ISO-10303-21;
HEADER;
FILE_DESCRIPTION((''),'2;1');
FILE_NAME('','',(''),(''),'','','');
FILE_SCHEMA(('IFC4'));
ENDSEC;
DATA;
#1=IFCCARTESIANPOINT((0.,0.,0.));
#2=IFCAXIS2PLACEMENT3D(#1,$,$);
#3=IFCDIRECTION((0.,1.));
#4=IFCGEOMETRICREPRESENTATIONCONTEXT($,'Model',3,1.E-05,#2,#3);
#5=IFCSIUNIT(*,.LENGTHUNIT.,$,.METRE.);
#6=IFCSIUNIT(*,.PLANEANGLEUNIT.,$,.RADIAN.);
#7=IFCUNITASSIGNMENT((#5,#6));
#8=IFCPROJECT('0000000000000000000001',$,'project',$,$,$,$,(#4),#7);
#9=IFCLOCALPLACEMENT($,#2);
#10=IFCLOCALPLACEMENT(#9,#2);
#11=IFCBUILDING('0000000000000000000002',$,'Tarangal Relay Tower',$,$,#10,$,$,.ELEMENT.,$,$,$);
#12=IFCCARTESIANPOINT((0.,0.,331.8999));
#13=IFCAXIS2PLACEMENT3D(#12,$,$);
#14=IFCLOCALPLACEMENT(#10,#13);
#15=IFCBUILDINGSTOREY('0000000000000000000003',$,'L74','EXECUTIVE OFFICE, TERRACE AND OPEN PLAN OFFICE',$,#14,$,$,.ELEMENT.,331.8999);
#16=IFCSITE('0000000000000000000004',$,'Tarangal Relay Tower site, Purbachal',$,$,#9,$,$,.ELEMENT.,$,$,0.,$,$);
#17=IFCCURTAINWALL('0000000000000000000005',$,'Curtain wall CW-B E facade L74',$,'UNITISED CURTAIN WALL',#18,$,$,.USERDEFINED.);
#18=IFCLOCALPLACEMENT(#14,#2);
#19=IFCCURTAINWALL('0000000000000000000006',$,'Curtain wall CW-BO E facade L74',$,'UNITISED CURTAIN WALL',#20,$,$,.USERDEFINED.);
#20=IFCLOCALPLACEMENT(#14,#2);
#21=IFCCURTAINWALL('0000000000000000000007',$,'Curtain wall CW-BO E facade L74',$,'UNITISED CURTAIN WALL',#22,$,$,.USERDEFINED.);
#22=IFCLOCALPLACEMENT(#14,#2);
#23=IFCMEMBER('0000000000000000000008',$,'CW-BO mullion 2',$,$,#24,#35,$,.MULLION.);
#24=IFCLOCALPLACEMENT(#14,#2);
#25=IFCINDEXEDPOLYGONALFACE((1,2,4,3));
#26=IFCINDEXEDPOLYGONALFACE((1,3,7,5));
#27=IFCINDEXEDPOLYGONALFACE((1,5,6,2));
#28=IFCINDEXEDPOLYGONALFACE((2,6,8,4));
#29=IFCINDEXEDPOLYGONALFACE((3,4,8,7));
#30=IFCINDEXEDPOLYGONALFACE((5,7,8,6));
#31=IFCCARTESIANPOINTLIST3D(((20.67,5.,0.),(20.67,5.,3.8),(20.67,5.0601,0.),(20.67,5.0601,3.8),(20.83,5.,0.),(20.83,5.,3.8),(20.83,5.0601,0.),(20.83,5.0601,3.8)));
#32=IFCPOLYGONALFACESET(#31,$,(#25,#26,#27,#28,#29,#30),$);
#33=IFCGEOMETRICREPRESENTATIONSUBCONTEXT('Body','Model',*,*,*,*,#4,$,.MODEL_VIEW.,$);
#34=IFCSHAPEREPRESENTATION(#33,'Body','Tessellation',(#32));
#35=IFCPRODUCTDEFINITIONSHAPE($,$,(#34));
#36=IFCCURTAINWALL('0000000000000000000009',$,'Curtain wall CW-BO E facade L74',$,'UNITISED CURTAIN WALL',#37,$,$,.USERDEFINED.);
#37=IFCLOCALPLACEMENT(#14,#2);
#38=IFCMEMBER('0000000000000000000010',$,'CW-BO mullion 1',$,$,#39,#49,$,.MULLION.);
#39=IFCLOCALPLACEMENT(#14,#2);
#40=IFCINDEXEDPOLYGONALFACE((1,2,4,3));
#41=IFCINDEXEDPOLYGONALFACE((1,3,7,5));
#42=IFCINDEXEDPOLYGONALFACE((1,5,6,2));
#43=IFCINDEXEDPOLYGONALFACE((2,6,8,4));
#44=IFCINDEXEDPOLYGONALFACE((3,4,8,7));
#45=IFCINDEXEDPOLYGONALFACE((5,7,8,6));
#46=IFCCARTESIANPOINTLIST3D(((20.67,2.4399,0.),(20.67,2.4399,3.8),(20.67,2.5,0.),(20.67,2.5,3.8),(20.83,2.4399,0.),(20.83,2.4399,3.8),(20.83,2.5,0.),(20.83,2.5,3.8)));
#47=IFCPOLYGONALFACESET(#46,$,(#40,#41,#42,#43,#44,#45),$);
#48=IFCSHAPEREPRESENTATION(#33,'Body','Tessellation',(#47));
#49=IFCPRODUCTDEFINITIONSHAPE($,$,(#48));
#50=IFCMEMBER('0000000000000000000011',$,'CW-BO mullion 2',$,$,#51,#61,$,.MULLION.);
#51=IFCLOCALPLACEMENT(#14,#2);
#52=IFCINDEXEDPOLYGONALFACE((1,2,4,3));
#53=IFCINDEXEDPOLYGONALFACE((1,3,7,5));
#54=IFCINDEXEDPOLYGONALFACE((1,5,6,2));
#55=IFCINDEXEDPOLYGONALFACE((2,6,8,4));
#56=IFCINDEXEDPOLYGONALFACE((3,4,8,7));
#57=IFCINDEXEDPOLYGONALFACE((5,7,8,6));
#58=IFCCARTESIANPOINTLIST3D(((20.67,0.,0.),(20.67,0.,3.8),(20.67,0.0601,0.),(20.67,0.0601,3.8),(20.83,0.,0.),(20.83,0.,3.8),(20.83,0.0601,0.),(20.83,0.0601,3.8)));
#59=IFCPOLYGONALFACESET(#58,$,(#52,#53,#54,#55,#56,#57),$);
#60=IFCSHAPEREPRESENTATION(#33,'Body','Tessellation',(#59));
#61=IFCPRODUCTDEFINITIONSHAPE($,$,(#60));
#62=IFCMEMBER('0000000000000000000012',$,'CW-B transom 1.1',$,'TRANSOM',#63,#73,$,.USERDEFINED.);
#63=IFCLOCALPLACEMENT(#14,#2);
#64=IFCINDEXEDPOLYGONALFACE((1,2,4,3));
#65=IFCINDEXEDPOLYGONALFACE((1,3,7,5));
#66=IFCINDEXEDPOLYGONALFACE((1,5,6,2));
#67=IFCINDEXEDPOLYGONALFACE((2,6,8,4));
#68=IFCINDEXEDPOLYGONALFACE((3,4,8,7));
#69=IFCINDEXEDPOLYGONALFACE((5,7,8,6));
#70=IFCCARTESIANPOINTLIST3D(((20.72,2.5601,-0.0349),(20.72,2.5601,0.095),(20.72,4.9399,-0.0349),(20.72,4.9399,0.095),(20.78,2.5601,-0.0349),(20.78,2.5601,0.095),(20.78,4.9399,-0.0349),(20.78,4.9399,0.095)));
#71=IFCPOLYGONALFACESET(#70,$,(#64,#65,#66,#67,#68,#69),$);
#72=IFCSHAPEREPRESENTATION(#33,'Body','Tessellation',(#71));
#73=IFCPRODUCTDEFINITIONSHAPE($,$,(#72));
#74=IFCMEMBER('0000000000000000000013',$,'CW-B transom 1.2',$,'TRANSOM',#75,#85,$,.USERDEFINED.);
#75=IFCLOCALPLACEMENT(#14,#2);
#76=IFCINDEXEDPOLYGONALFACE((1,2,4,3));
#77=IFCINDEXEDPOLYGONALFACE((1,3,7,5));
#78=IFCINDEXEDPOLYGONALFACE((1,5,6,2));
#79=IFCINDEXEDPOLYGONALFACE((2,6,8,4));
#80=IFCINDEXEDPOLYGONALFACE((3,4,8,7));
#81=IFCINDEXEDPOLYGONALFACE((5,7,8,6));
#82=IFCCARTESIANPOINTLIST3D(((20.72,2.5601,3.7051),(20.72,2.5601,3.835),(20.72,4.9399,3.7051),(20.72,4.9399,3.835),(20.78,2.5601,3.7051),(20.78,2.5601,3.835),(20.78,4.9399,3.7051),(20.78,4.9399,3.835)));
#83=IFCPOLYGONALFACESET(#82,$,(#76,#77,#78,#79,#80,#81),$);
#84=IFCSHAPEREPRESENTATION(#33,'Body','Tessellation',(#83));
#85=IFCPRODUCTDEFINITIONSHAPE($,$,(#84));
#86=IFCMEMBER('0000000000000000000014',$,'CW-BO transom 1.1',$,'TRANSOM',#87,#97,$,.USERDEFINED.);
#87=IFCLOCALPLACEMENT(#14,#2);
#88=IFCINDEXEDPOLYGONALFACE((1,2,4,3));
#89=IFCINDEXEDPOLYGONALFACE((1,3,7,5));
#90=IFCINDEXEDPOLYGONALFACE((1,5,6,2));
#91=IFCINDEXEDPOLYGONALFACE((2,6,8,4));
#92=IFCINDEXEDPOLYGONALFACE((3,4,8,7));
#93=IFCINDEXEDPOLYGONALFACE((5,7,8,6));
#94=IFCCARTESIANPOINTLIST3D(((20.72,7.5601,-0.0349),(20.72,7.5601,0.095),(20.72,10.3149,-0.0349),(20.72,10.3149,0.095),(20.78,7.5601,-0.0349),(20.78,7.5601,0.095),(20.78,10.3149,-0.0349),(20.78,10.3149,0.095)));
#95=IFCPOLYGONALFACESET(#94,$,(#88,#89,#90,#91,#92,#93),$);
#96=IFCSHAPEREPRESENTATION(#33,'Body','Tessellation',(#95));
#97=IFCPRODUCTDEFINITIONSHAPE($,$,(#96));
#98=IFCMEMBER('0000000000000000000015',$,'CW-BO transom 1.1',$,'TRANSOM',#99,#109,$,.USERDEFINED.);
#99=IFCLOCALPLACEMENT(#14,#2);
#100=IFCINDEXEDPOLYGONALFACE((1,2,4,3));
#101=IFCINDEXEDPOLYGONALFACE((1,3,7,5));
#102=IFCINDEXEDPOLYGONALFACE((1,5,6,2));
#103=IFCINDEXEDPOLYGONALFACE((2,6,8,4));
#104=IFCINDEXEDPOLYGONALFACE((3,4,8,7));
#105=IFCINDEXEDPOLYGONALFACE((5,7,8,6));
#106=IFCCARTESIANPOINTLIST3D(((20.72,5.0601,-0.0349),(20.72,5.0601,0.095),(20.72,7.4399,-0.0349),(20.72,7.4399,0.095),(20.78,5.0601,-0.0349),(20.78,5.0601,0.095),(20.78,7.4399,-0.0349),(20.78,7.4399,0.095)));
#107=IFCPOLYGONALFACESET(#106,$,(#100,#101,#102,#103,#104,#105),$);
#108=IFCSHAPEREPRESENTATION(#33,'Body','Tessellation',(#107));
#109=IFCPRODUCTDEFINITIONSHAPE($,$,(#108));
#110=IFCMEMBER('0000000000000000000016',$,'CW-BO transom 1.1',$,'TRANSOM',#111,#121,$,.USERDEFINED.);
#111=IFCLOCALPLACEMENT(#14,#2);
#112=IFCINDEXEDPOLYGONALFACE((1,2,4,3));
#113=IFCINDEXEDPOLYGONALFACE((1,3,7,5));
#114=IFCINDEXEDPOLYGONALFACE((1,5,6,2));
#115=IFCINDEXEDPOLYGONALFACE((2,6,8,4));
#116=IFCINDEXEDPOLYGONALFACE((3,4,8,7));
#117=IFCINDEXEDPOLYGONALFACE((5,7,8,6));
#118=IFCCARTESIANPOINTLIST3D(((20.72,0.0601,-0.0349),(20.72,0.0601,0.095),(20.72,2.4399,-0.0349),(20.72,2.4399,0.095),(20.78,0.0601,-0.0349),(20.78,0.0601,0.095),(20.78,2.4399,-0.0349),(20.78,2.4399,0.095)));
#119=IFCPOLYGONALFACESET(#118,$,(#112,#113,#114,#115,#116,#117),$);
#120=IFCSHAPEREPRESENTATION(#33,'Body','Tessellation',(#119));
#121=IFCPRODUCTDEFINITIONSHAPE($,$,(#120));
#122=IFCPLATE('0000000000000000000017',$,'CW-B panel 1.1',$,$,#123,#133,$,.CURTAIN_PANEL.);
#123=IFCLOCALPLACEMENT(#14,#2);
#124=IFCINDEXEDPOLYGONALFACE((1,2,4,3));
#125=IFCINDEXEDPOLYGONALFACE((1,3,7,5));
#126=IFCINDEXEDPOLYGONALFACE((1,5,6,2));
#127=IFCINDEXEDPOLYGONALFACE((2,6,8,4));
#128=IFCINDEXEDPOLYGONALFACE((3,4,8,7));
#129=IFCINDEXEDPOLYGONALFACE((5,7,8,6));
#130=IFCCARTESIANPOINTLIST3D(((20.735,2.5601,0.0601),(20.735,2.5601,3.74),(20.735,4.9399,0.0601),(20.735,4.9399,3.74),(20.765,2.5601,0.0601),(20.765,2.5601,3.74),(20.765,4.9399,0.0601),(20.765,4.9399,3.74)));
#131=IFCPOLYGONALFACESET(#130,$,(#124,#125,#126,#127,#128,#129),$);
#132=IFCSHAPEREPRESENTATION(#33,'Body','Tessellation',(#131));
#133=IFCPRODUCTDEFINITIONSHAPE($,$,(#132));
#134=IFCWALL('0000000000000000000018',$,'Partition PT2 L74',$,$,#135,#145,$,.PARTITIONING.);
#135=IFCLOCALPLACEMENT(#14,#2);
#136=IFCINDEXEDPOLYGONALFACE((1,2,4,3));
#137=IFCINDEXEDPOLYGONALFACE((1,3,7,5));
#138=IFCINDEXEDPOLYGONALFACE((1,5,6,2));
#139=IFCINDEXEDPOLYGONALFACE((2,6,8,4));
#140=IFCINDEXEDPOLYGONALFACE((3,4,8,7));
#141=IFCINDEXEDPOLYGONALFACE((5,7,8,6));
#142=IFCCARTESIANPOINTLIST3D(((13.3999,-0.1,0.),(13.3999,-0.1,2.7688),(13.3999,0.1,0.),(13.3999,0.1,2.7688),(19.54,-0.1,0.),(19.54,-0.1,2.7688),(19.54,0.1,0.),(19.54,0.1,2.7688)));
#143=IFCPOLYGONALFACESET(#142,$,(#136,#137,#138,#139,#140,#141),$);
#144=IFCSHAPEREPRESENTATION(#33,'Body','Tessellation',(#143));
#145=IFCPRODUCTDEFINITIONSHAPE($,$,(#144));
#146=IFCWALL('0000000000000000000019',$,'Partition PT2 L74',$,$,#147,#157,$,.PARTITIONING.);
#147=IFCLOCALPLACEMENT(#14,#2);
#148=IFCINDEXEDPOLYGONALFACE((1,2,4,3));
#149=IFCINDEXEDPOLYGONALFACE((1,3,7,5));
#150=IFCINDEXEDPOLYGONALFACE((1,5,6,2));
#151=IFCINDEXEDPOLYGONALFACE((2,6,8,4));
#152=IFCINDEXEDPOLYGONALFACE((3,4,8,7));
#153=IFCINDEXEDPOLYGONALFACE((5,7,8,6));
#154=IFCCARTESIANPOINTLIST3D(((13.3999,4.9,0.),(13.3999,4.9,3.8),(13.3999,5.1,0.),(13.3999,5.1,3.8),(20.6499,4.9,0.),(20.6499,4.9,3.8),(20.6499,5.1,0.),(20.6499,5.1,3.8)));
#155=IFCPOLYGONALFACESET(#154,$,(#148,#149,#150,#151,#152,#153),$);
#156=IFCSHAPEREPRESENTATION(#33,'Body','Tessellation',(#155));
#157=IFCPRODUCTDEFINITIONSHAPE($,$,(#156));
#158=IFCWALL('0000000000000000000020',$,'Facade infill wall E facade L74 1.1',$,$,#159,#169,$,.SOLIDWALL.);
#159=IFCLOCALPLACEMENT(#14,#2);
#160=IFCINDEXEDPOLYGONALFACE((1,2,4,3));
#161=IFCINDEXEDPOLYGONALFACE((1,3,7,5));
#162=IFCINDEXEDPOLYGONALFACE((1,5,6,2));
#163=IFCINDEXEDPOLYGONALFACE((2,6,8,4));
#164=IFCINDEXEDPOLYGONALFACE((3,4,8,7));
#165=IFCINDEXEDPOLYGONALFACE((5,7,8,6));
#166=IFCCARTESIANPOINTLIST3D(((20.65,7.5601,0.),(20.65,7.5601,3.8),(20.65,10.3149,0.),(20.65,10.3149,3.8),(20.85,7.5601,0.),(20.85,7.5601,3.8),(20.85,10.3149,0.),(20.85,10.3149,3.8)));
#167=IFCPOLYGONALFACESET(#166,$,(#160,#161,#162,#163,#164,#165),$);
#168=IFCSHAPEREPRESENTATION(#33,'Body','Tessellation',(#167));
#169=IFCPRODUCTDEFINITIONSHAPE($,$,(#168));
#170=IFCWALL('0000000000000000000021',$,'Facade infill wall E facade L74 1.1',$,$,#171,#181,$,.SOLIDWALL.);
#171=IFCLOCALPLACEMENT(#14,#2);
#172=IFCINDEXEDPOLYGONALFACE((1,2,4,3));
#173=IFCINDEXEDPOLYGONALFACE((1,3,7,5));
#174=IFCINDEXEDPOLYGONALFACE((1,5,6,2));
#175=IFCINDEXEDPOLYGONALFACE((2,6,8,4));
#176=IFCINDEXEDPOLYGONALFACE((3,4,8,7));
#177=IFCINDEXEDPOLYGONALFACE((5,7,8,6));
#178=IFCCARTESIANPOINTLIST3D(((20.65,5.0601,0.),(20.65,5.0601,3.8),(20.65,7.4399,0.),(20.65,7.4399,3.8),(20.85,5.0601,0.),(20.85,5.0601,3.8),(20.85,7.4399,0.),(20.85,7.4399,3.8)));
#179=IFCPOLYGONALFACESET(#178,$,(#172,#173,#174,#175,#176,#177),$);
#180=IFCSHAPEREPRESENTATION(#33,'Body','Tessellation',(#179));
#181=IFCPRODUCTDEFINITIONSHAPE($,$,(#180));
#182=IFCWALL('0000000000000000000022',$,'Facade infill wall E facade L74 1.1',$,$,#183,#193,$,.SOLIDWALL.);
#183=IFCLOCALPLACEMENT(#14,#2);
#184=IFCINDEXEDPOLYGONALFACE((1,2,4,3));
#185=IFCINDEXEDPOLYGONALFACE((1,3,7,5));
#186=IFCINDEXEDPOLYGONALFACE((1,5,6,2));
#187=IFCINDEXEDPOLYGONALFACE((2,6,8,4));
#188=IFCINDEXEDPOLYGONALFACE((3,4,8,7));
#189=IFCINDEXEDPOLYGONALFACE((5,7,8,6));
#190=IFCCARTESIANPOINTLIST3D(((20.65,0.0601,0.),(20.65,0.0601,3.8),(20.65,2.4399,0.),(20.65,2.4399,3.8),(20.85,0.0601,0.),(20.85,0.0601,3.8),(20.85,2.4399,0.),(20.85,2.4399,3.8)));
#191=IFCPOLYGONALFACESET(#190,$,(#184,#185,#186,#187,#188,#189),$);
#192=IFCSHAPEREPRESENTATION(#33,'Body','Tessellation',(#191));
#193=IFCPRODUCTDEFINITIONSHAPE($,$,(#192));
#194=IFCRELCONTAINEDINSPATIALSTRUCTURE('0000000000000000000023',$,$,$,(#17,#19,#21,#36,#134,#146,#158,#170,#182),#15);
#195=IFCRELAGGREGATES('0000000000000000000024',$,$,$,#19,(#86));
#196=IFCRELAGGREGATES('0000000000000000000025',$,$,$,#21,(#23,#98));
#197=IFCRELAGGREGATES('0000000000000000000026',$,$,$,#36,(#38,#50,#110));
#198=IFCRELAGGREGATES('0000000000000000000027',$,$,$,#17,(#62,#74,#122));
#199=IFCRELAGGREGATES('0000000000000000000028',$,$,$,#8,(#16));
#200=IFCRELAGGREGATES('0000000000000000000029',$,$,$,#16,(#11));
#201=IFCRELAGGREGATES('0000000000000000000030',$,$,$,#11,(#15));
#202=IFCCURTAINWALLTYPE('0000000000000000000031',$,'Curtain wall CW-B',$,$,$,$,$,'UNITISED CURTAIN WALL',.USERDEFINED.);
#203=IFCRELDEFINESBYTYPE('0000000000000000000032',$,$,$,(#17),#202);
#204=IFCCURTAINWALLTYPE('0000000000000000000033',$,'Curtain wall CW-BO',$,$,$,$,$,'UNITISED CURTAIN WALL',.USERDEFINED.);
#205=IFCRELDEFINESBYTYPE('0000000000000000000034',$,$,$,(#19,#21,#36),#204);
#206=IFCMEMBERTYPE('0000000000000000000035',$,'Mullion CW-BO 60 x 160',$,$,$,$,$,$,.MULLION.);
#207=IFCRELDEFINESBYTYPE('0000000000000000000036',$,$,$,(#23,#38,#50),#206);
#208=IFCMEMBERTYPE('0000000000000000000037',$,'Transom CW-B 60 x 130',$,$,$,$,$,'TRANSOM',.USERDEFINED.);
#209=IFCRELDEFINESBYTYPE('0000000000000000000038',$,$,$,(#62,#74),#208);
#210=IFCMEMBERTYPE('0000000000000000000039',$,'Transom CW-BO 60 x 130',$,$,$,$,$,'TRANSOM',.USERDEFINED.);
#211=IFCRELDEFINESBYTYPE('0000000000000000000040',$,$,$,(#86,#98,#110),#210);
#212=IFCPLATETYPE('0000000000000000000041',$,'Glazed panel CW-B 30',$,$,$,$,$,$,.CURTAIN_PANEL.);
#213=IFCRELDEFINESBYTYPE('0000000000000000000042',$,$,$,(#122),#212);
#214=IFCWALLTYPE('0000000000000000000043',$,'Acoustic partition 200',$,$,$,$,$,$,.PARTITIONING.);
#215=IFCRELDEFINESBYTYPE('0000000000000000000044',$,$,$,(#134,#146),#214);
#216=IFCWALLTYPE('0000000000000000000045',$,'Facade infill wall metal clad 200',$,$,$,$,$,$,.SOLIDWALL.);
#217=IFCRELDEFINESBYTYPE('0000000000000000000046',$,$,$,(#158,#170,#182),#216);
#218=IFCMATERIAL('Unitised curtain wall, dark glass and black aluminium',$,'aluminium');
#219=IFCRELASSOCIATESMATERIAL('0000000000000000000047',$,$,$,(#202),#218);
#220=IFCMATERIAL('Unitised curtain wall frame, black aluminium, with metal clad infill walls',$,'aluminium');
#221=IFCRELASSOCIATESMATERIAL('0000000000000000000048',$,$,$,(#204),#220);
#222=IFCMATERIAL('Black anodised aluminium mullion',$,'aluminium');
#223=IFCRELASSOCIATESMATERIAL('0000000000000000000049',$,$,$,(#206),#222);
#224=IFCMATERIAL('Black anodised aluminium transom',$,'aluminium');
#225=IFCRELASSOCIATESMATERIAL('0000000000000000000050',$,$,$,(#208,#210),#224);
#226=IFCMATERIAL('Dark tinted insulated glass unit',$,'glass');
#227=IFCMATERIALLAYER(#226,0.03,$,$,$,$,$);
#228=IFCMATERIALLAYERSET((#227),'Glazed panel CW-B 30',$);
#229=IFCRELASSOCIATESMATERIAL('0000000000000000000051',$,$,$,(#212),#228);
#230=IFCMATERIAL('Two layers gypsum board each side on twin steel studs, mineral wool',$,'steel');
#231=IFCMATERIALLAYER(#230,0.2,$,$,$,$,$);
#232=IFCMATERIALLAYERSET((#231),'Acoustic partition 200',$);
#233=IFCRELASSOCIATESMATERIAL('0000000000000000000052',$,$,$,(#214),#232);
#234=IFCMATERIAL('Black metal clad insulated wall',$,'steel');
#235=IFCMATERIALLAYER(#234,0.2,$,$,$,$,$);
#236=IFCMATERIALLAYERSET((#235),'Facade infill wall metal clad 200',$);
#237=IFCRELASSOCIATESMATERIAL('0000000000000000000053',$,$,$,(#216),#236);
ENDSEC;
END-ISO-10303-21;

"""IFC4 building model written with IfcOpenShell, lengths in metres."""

from ifc_helpers import new_model, si_unit, direction, frame, frame_2d, origin, origin_2d, place, context, subcontext, project, spatial, rectangle, extrude, material, layer, layer_set, material_profile, profile_set, type_object, element, aggregate, save


model = new_model("IFC4")

# Units and contexts
model_context = context("Model", 3, precision=1e-05, world=origin(), true_north=direction((0.0, 1.0)))
body_context = subcontext(model_context, "Body", "Model", "MODEL_VIEW")
ifc_project = project(units=[si_unit("LENGTHUNIT", "METRE"), si_unit("PLANEANGLEUNIT", "RADIAN")], contexts=[model_context])

# Site, building, storey
site_placement = place(None, origin())
site = spatial("IfcSite", under=ifc_project, at=site_placement, Name="Tarangal Relay Tower site, Purbachal", CompositionType="ELEMENT", RefElevation=0.0)
building_placement = place(site_placement, origin())
building = spatial("IfcBuilding", under=site, at=building_placement, Name="Tarangal Relay Tower", CompositionType="ELEMENT")
storey_placement = place(building_placement, frame((0.0, 0.0, 331.8999)))
storey = spatial("IfcBuildingStorey", under=building, at=storey_placement, Name="L74", Description="EXECUTIVE OFFICE, TERRACE AND OPEN PLAN OFFICE", CompositionType="ELEMENT", Elevation=331.8999)

# Curtain wall
ifc_material_1 = material(Name="Unitised curtain wall, dark glass and black aluminium", Category="aluminium")
curtain_wall_type_1 = type_object("IfcCurtainWallType", Name="Curtain wall CW-B", ElementType="UNITISED CURTAIN WALL", PredefinedType="USERDEFINED", material=ifc_material_1)
curtain_wall_1_placement = place(storey_placement, origin())
curtain_wall_1 = element("IfcCurtainWall", 1, at=curtain_wall_1_placement, inside=storey, type_object=curtain_wall_type_1, Name="Curtain wall CW-B E facade L74", ObjectType="UNITISED CURTAIN WALL", PredefinedType="USERDEFINED")
ifc_material_2 = material(Name="Black anodised aluminium mullion", Category="aluminium")

# Curtain wall
ifc_material_3 = material(Name="Unitised curtain wall frame, black aluminium, with metal clad infill walls", Category="aluminium")
curtain_wall_type_2 = type_object("IfcCurtainWallType", Name="Curtain wall CW-BO", ElementType="UNITISED CURTAIN WALL", PredefinedType="USERDEFINED", material=ifc_material_3)
curtain_wall_2_placement = place(storey_placement, origin())
curtain_wall_2 = element("IfcCurtainWall", 2, at=curtain_wall_2_placement, inside=storey, type_object=curtain_wall_type_2, Name="Curtain wall CW-BO E facade L74", ObjectType="UNITISED CURTAIN WALL", PredefinedType="USERDEFINED")
ifc_material_profile_1 = material_profile(ifc_material_2, rectangle(XDim=0.1599, YDim=0.0601, at=origin_2d()), Name="CW-BOM 60X160")
ifc_profile_set_1 = profile_set([ifc_material_profile_1], Name="Black anodised aluminium mullion")
member_type_1 = type_object("IfcMemberType", Name="Mullion CW-BO 60 x 160", PredefinedType="MULLION", material=ifc_profile_set_1)

# Curtain walls, members
curtain_wall_3_placement = place(storey_placement, origin())
curtain_wall_3 = element("IfcCurtainWall", 3, at=curtain_wall_3_placement, inside=storey, type_object=curtain_wall_type_2, Name="Curtain wall CW-BO E facade L74", ObjectType="UNITISED CURTAIN WALL", PredefinedType="USERDEFINED")
member_1_placement = place(storey_placement, frame((20.75, 5.03, 0.0), z_axis=(0.0, 0.0, 1.0), x_axis=(1.0, 0.0, 0.0)))
member_1 = element("IfcMember", 4, at=member_1_placement, type_object=member_type_1, Name="CW-BO mullion 2", PredefinedType="MULLION", context=body_context, shape_type="SweptSolid", body=[
    extrude(rectangle(XDim=0.1599, YDim=0.0601, at=origin_2d()), origin(), (0.0, 0.0, 1.0), 3.8),
])
curtain_wall_4_placement = place(storey_placement, origin())
curtain_wall_4 = element("IfcCurtainWall", 5, at=curtain_wall_4_placement, inside=storey, type_object=curtain_wall_type_2, Name="Curtain wall CW-BO E facade L74", ObjectType="UNITISED CURTAIN WALL", PredefinedType="USERDEFINED")
member_2_placement = place(storey_placement, frame((20.75, 2.47, 0.0), z_axis=(0.0, 0.0, 1.0), x_axis=(1.0, 0.0, 0.0)))
member_2 = element("IfcMember", 6, at=member_2_placement, type_object=member_type_1, Name="CW-BO mullion 1", PredefinedType="MULLION", context=body_context, shape_type="SweptSolid", body=[
    extrude(rectangle(XDim=0.1599, YDim=0.0601, at=origin_2d()), origin(), (0.0, 0.0, 1.0), 3.8),
])
member_3_placement = place(storey_placement, frame((20.75, 0.03, 0.0), z_axis=(0.0, 0.0, 1.0), x_axis=(1.0, 0.0, 0.0)))
member_3 = element("IfcMember", 7, at=member_3_placement, type_object=member_type_1, Name="CW-BO mullion 2", PredefinedType="MULLION", context=body_context, shape_type="SweptSolid", body=[
    extrude(rectangle(XDim=0.1599, YDim=0.0601, at=origin_2d()), origin(), (0.0, 0.0, 1.0), 3.8),
])

# Members
ifc_material_4 = material(Name="Black anodised aluminium transom", Category="aluminium")
ifc_material_profile_2 = material_profile(ifc_material_4, rectangle(XDim=0.0601, YDim=0.1299, at=origin_2d()), Name="CW-BT 60X130")
ifc_profile_set_2 = profile_set([ifc_material_profile_2], Name="Black anodised aluminium transom")
member_type_2 = type_object("IfcMemberType", Name="Transom CW-B 60 x 130", ElementType="TRANSOM", PredefinedType="USERDEFINED", material=ifc_profile_set_2)
member_4_placement = place(storey_placement, frame((20.75, 4.9399, 0.03), z_axis=(0.0, -1.0, 0.0), x_axis=(1.0, 0.0, 0.0)))
member_4 = element("IfcMember", 8, at=member_4_placement, type_object=member_type_2, Name="CW-B transom 1.1", ObjectType="TRANSOM", PredefinedType="USERDEFINED", context=body_context, shape_type="SweptSolid", body=[
    extrude(rectangle(XDim=0.0601, YDim=0.1299, at=origin_2d()), origin(), (0.0, 0.0, 1.0), 2.3799),
])
member_5_placement = place(storey_placement, frame((20.75, 4.9399, 3.77), z_axis=(0.0, -1.0, 0.0), x_axis=(1.0, 0.0, 0.0)))
member_5 = element("IfcMember", 9, at=member_5_placement, type_object=member_type_2, Name="CW-B transom 1.2", ObjectType="TRANSOM", PredefinedType="USERDEFINED", context=body_context, shape_type="SweptSolid", body=[
    extrude(rectangle(XDim=0.0601, YDim=0.1299, at=origin_2d()), origin(), (0.0, 0.0, 1.0), 2.3799),
])
ifc_material_profile_3 = material_profile(ifc_material_4, rectangle(XDim=0.0601, YDim=0.1299, at=origin_2d()), Name="CW-BOT 60X130")
ifc_profile_set_3 = profile_set([ifc_material_profile_3], Name="Black anodised aluminium transom")
member_type_3 = type_object("IfcMemberType", Name="Transom CW-BO 60 x 130", ElementType="TRANSOM", PredefinedType="USERDEFINED", material=ifc_profile_set_3)
member_6_placement = place(storey_placement, frame((20.75, 10.3149, 0.03), z_axis=(0.0, -1.0, 0.0), x_axis=(1.0, 0.0, 0.0)))
member_6 = element("IfcMember", 10, at=member_6_placement, type_object=member_type_3, Name="CW-BO transom 1.1", ObjectType="TRANSOM", PredefinedType="USERDEFINED", context=body_context, shape_type="SweptSolid", body=[
    extrude(rectangle(XDim=0.0601, YDim=0.1299, at=origin_2d()), origin(), (0.0, 0.0, 1.0), 2.7549),
])
aggregate(curtain_wall_2, [member_6])
member_7_placement = place(storey_placement, frame((20.75, 7.4399, 0.03), z_axis=(0.0, -1.0, 0.0), x_axis=(1.0, 0.0, 0.0)))
member_7 = element("IfcMember", 11, at=member_7_placement, type_object=member_type_3, Name="CW-BO transom 1.1", ObjectType="TRANSOM", PredefinedType="USERDEFINED", context=body_context, shape_type="SweptSolid", body=[
    extrude(rectangle(XDim=0.0601, YDim=0.1299, at=origin_2d()), origin(), (0.0, 0.0, 1.0), 2.3799),
])
aggregate(curtain_wall_3, [member_1, member_7])
member_8_placement = place(storey_placement, frame((20.75, 2.4399, 0.03), z_axis=(0.0, -1.0, 0.0), x_axis=(1.0, 0.0, 0.0)))
member_8 = element("IfcMember", 12, at=member_8_placement, type_object=member_type_3, Name="CW-BO transom 1.1", ObjectType="TRANSOM", PredefinedType="USERDEFINED", context=body_context, shape_type="SweptSolid", body=[
    extrude(rectangle(XDim=0.0601, YDim=0.1299, at=origin_2d()), origin(), (0.0, 0.0, 1.0), 2.3799),
])
aggregate(curtain_wall_4, [member_2, member_3, member_8])

# Plate
ifc_material_5 = material(Name="Dark tinted insulated glass unit", Category="glass")
ifc_layer_1 = layer(ifc_material_5, 0.03)
ifc_layer_set_1 = layer_set([ifc_layer_1], Name="Glazed panel CW-B 30")
plate_type = type_object("IfcPlateType", Name="Glazed panel CW-B 30", PredefinedType="CURTAIN_PANEL", material=ifc_layer_set_1)
plate_placement = place(storey_placement, frame((20.75, 3.75, 0.0601), z_axis=(0.0, 0.0, 1.0), x_axis=(0.0, -1.0, 0.0)))
plate = element("IfcPlate", 13, at=plate_placement, type_object=plate_type, Name="CW-B panel 1.1", PredefinedType="CURTAIN_PANEL", context=body_context, shape_type="SweptSolid", body=[
    extrude(rectangle(XDim=2.3799, YDim=0.03, at=origin_2d()), origin(), (0.0, 0.0, 1.0), 3.6799),
])
aggregate(curtain_wall_1, [member_4, member_5, plate])

# Walls
ifc_material_6 = material(Name="Two layers gypsum board each side on twin steel studs, mineral wool", Category="steel")
ifc_layer_2 = layer(ifc_material_6, 0.2)
ifc_layer_set_2 = layer_set([ifc_layer_2], Name="Acoustic partition 200")
wall_type_1 = type_object("IfcWallType", Name="Acoustic partition 200", PredefinedType="PARTITIONING", material=ifc_layer_set_2)
wall_1_placement = place(storey_placement, frame((13.3999, 0.0, 0.0), z_axis=(0.0, 0.0, 1.0), x_axis=(1.0, 0.0, 0.0)))
element("IfcWall", 14, at=wall_1_placement, inside=storey, type_object=wall_type_1, Name="Partition PT2 L74", PredefinedType="PARTITIONING", context=body_context, shape_type="SweptSolid", body=[
    extrude(rectangle(XDim=6.1401, YDim=0.2, at=frame_2d((3.0701, 0.0))), origin(), (0.0, 0.0, 1.0), 2.7688),
])
wall_2_placement = place(storey_placement, frame((13.3999, 5.0, 0.0), z_axis=(0.0, 0.0, 1.0), x_axis=(1.0, 0.0, 0.0)))
element("IfcWall", 15, at=wall_2_placement, inside=storey, type_object=wall_type_1, Name="Partition PT2 L74", PredefinedType="PARTITIONING", context=body_context, shape_type="SweptSolid", body=[
    extrude(rectangle(XDim=7.25, YDim=0.2, at=frame_2d((3.625, 0.0))), origin(), (0.0, 0.0, 1.0), 3.8),
])
ifc_material_7 = material(Name="Black metal clad insulated wall", Category="steel")
ifc_layer_3 = layer(ifc_material_7, 0.2)
ifc_layer_set_3 = layer_set([ifc_layer_3], Name="Facade infill wall metal clad 200")
wall_type_2 = type_object("IfcWallType", Name="Facade infill wall metal clad 200", PredefinedType="SOLIDWALL", material=ifc_layer_set_3)
wall_3_placement = place(storey_placement, frame((20.75, 10.3149, 0.0), z_axis=(0.0, 0.0, 1.0), x_axis=(0.0, -1.0, 0.0)))
element("IfcWall", 16, at=wall_3_placement, inside=storey, type_object=wall_type_2, Name="Facade infill wall E facade L74 1.1", PredefinedType="SOLIDWALL", context=body_context, shape_type="SweptSolid", body=[
    extrude(rectangle(XDim=2.7549, YDim=0.2, at=frame_2d((1.3774, 0.0))), origin(), (0.0, 0.0, 1.0), 3.8),
])
for number, where, z_axis, x_axis, name in (
    (17, (20.75, 7.4399, 0.0), (0.0, 0.0, 1.0), (0.0, -1.0, 0.0), "Facade infill wall E facade L74 1.1"),
    (18, (20.75, 2.4399, 0.0), (0.0, 0.0, 1.0), (0.0, -1.0, 0.0), "Facade infill wall E facade L74 1.1"),
):
    element("IfcWall", number, at=place(storey_placement, frame(where, z_axis=z_axis, x_axis=x_axis)), inside=storey, type_object=wall_type_2, Name=name, PredefinedType="SOLIDWALL", context=body_context, shape_type="SweptSolid", body=[
        extrude(rectangle(XDim=2.3799, YDim=0.2, at=frame_2d((1.1899, 0.0))), origin(), (0.0, 0.0, 1.0), 3.8),
    ])

save(model, "model.ifc")
